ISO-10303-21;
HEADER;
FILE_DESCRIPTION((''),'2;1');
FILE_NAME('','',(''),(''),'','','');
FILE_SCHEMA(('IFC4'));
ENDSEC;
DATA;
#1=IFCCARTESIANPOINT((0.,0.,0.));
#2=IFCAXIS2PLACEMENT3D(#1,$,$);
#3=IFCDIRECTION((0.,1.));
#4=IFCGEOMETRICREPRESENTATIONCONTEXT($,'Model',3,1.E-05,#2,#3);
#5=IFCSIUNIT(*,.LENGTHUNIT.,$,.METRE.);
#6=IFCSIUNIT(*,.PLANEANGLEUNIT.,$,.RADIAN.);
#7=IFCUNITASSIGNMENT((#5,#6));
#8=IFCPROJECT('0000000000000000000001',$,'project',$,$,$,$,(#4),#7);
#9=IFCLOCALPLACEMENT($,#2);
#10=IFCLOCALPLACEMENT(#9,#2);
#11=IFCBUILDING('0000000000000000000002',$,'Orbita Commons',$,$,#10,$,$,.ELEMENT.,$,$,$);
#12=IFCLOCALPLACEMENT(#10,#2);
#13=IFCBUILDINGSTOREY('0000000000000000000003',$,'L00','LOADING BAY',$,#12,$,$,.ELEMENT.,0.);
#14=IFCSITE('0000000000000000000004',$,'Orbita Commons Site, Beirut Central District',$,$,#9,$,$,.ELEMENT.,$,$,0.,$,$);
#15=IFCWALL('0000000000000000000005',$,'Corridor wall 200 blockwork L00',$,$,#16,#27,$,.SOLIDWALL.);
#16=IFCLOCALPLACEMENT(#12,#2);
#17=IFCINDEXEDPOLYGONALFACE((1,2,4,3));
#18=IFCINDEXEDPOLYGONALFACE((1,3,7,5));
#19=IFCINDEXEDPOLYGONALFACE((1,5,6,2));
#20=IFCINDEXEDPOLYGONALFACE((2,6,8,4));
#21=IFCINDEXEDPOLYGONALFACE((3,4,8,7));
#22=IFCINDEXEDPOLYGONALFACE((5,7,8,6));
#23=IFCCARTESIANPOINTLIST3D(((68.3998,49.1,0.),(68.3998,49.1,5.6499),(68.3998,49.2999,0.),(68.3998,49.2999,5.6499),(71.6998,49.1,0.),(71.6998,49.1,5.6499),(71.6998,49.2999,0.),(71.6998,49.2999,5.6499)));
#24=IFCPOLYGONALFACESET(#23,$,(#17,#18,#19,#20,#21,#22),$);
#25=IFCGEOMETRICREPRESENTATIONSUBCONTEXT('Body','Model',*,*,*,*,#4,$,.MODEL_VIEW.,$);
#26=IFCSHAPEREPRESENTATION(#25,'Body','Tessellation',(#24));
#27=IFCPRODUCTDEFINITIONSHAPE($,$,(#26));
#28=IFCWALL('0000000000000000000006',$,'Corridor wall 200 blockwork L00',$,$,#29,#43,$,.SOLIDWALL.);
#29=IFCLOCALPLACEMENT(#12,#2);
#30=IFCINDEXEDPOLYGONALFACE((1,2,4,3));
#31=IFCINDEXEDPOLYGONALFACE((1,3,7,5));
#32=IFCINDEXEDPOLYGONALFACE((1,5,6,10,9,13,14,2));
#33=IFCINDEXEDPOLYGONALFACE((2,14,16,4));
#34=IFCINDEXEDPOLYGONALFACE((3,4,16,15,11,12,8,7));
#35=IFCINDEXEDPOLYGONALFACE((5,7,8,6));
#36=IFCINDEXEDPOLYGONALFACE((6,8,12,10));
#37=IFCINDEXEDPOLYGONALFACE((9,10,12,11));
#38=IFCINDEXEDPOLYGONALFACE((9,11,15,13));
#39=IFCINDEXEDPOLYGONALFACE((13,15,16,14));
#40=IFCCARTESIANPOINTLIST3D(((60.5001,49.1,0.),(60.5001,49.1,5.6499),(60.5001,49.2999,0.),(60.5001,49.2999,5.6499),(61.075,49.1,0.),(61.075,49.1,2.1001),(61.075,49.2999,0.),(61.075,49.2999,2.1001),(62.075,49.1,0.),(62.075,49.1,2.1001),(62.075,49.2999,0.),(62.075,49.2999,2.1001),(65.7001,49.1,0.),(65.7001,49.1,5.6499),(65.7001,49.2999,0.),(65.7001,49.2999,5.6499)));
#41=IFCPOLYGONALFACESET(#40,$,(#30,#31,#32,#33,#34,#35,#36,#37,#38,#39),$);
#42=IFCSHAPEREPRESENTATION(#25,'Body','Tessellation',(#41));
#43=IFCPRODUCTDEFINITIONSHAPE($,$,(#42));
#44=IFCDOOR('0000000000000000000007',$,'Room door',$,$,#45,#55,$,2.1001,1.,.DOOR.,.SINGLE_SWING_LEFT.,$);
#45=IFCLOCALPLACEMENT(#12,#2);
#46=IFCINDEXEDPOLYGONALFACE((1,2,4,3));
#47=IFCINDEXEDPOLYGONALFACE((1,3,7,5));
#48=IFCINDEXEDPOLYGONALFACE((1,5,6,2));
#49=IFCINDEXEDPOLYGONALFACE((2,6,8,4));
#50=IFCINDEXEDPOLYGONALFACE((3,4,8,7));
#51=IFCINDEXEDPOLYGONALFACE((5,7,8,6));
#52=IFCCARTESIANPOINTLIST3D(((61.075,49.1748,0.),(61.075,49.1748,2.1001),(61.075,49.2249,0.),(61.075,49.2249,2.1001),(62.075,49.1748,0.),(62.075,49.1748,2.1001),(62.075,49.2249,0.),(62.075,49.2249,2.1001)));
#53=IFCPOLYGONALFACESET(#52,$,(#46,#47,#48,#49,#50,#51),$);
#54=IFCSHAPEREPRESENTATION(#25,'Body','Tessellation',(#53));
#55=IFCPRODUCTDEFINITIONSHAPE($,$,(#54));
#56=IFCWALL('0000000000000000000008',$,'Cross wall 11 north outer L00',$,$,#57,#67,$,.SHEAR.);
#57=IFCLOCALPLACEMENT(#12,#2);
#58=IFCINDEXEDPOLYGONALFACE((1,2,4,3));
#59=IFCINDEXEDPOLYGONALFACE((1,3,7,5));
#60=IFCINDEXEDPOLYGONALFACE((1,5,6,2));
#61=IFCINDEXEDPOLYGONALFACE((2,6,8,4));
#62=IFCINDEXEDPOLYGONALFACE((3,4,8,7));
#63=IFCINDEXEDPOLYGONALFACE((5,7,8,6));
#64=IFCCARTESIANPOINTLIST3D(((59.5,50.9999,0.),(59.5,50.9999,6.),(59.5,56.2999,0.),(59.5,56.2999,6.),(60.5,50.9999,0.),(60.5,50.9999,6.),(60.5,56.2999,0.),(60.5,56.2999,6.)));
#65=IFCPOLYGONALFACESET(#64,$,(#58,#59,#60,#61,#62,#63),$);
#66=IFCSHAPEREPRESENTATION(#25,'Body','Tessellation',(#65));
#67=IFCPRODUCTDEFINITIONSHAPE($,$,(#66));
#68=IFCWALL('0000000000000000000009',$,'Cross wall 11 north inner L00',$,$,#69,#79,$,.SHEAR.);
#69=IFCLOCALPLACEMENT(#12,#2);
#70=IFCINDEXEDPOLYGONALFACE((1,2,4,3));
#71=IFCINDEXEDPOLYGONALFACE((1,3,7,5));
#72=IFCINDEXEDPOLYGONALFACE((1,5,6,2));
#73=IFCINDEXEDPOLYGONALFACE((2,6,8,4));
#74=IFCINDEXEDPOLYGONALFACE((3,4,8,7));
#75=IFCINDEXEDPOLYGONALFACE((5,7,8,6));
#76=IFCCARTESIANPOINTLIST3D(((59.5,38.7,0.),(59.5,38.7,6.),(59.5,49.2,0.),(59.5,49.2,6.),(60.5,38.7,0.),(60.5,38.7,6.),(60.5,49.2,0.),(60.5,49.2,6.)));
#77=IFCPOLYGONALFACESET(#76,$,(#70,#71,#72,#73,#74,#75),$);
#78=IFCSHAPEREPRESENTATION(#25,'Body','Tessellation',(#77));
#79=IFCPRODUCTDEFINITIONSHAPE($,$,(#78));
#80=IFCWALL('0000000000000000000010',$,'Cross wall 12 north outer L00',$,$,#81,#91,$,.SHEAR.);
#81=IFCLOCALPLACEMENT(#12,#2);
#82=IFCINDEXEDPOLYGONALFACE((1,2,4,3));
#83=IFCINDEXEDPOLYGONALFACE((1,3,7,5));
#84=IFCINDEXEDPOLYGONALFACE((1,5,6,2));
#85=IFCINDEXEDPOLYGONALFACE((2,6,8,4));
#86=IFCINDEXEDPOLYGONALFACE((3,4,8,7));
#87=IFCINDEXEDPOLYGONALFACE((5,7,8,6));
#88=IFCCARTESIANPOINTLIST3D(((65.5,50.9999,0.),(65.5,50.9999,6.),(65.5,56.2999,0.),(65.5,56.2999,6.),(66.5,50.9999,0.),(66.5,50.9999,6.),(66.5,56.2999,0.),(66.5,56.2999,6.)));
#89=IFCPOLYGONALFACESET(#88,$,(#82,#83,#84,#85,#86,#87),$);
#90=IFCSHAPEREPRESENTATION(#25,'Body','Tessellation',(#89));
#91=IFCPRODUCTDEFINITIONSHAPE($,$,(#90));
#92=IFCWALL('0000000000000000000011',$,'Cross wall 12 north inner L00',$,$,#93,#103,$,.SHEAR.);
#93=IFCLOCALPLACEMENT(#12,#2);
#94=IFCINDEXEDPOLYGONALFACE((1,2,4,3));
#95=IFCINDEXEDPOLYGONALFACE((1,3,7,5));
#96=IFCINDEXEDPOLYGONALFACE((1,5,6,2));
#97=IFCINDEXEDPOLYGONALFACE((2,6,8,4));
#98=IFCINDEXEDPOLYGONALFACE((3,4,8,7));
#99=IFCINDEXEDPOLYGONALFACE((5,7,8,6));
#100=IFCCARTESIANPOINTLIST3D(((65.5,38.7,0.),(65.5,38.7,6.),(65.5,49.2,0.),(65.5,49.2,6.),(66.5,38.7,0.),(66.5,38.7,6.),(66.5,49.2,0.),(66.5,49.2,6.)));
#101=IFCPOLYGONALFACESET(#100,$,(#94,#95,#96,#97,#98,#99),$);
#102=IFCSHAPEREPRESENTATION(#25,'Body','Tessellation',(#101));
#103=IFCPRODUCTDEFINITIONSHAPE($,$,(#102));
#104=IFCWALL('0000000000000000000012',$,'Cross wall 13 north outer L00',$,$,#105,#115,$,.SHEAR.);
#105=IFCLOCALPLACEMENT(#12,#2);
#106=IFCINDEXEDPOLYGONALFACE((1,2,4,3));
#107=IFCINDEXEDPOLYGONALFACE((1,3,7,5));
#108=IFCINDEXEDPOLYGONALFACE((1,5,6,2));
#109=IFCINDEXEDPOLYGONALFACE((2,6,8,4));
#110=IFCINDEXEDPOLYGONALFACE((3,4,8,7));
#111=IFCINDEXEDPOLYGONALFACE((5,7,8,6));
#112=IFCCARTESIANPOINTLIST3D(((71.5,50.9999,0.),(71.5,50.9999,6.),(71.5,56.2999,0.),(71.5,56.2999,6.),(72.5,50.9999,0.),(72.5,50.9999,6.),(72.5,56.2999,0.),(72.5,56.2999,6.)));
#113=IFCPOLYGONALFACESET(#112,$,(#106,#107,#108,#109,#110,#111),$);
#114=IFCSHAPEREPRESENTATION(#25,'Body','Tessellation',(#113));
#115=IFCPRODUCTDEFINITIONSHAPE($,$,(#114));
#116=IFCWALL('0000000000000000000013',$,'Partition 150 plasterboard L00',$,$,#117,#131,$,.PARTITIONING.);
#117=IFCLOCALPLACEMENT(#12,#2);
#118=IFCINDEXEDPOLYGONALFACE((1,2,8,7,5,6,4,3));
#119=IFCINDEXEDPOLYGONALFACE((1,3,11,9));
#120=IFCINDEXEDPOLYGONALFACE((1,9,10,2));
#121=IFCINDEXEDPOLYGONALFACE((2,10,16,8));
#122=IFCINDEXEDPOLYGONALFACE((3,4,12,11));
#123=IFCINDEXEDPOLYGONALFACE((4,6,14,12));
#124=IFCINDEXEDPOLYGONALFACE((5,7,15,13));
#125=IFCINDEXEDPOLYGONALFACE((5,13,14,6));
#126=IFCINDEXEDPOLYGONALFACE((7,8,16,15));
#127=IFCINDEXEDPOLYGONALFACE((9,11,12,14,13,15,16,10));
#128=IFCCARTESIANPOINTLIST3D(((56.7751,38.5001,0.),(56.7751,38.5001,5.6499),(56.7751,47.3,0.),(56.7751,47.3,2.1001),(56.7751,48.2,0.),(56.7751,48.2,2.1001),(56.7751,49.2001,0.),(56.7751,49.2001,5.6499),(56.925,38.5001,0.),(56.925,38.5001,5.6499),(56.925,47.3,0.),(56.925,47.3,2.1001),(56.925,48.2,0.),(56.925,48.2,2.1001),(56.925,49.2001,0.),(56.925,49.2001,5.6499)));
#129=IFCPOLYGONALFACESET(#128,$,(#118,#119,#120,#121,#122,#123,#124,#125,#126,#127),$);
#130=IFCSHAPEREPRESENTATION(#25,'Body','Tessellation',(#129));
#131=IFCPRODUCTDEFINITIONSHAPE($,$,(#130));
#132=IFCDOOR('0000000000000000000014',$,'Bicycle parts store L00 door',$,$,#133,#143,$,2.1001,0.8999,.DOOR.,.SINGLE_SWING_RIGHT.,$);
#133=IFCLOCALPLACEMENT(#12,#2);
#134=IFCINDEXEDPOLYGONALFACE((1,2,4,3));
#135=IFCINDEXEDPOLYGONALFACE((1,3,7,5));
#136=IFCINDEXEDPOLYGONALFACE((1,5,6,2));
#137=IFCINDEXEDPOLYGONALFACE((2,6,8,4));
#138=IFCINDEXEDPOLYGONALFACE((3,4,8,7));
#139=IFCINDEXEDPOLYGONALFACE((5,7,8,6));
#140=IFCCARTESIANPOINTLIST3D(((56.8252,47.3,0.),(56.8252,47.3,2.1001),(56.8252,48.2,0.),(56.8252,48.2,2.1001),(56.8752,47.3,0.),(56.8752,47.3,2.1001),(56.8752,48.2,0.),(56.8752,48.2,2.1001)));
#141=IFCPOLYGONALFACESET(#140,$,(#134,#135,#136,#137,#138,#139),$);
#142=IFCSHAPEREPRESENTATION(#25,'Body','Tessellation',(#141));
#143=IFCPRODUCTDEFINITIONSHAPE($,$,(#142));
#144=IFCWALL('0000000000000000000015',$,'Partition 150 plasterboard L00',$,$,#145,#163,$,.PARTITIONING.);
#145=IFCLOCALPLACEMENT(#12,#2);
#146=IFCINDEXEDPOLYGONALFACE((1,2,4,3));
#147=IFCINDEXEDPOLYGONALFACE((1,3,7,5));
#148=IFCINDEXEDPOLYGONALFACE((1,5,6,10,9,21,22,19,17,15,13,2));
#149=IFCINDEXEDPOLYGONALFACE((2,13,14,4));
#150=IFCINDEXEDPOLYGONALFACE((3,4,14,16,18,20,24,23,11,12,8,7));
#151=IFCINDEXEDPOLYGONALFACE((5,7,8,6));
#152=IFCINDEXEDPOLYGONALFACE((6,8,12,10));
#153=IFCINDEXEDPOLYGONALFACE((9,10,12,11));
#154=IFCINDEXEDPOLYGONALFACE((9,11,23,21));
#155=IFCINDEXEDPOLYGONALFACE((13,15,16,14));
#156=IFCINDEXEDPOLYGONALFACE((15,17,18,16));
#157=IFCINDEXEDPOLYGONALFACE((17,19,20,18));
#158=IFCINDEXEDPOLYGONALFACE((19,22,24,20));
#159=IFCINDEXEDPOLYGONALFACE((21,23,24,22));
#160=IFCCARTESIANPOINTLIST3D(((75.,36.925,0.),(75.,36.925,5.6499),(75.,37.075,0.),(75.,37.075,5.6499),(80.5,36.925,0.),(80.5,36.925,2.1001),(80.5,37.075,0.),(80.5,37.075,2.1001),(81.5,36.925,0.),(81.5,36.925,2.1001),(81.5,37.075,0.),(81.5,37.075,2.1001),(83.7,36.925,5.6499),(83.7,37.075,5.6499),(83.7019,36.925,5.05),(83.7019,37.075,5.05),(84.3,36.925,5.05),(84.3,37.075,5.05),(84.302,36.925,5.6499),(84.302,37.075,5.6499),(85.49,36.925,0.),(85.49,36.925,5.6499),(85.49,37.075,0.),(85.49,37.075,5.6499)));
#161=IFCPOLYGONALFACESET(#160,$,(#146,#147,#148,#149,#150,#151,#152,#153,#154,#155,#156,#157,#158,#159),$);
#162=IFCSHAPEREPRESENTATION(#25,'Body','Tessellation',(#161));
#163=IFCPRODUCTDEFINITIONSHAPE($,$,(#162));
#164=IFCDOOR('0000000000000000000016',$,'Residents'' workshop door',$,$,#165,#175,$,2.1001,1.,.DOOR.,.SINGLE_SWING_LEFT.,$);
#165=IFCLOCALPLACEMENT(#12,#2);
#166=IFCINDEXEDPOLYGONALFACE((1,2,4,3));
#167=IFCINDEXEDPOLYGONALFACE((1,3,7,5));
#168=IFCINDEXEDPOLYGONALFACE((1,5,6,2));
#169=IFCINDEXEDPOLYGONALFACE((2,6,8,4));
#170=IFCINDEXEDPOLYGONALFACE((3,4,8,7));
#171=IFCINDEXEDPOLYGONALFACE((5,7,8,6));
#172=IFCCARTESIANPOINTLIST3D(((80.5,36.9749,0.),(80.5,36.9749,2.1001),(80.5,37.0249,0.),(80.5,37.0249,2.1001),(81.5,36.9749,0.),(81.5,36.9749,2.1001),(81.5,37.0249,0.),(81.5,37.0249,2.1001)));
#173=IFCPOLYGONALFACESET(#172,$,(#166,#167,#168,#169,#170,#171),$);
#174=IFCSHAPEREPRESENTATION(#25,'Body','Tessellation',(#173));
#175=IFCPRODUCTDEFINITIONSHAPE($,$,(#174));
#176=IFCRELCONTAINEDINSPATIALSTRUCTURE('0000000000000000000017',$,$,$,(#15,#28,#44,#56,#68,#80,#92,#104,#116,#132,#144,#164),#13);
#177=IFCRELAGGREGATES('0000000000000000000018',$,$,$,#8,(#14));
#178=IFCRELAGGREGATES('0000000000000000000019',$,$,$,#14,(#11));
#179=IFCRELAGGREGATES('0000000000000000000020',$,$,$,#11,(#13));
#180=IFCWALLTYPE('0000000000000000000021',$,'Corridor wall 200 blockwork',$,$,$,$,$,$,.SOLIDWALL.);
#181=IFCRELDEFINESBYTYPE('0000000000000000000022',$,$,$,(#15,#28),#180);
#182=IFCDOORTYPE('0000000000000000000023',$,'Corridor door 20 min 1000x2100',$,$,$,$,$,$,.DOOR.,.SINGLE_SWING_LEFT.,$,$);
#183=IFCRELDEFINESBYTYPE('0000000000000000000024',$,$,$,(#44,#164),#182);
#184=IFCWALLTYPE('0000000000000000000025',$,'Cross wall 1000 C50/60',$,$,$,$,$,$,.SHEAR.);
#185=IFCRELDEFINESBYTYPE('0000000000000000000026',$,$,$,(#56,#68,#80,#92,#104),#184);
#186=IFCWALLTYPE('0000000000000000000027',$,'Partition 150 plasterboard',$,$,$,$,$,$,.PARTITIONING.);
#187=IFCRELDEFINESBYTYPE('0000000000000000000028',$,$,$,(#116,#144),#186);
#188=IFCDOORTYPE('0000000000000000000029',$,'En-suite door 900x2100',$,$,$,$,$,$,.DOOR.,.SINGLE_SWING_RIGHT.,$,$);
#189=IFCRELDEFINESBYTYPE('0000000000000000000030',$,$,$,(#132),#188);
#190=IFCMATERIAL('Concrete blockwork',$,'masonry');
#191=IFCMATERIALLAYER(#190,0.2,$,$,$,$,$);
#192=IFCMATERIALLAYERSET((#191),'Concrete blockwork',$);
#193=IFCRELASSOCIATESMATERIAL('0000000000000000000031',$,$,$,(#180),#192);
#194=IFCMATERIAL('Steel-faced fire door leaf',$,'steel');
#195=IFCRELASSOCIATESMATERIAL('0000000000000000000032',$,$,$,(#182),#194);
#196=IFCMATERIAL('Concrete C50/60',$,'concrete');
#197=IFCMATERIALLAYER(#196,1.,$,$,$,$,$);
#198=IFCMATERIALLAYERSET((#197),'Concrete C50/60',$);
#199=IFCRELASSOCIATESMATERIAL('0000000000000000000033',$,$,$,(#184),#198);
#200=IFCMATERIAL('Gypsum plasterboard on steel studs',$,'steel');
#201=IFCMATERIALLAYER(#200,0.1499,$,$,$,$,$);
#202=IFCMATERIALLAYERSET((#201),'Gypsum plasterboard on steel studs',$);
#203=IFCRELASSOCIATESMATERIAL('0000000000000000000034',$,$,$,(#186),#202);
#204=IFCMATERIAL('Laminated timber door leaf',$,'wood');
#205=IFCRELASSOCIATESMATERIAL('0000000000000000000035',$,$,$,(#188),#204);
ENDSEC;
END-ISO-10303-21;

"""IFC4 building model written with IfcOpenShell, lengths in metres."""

from ifc_helpers import new_model, si_unit, direction, frame, frame_2d, origin, place, context, subcontext, project, spatial, polyline, rectangle, outline, extrude, material, layer, layer_set, type_object, element, fill, save


model = new_model("IFC4")

# Units and contexts
model_context = context("Model", 3, precision=1e-05, world=origin(), true_north=direction((0.0, 1.0)))
body_context = subcontext(model_context, "Body", "Model", "MODEL_VIEW")
ifc_project = project(units=[si_unit("LENGTHUNIT", "METRE"), si_unit("PLANEANGLEUNIT", "RADIAN")], contexts=[model_context])

# Site, building, storey
site_placement = place(None, origin())
site = spatial("IfcSite", under=ifc_project, at=site_placement, Name="Orbita Commons Site, Beirut Central District", CompositionType="ELEMENT", RefElevation=0.0)
building_placement = place(site_placement, origin())
building = spatial("IfcBuilding", under=site, at=building_placement, Name="Orbita Commons", CompositionType="ELEMENT")
storey_placement = place(building_placement, origin())
storey = spatial("IfcBuildingStorey", under=building, at=storey_placement, Name="L00", Description="LOADING BAY", CompositionType="ELEMENT", Elevation=0.0)

# Wall
ifc_material_1 = material(Name="Concrete blockwork", Category="masonry")
ifc_layer_1 = layer(ifc_material_1, 0.2)
ifc_layer_set_1 = layer_set([ifc_layer_1], Name="Concrete blockwork")
wall_type_1 = type_object("IfcWallType", Name="Corridor wall 200 blockwork", PredefinedType="SOLIDWALL", material=ifc_layer_set_1)
wall_1_placement = place(storey_placement, frame((68.3999, 49.2, 0.0), z_axis=(0.0, 0.0, 1.0), x_axis=(1.0, 0.0, 0.0)))
element("IfcWall", 1, at=wall_1_placement, inside=storey, type_object=wall_type_1, Name="Corridor wall 200 blockwork L00", PredefinedType="SOLIDWALL", context=body_context, shape_type="SweptSolid", body=[
    extrude(rectangle(XDim=3.3, YDim=0.2, at=frame_2d((1.6499, 0.0))), origin(), (0.0, 0.0, 1.0), 5.6499),
])

# Wall, opening, door
wall_2_placement = place(storey_placement, frame((60.5, 49.2, 0.0), z_axis=(0.0, 0.0, 1.0), x_axis=(1.0, 0.0, 0.0)))
wall_2 = element("IfcWall", 2, at=wall_2_placement, inside=storey, type_object=wall_type_1, Name="Corridor wall 200 blockwork L00", PredefinedType="SOLIDWALL", context=body_context, shape_type="SweptSolid", body=[
    extrude(rectangle(XDim=5.2, YDim=0.2, at=frame_2d((2.6001, 0.0))), origin(), (0.0, 0.0, 1.0), 5.6499),
])
opening_1_placement = place(wall_2_placement, frame((0.575, 0.0, 0.0)))
opening_1 = element("IfcOpeningElement", 3, at=opening_1_placement, cuts=wall_2, PredefinedType="OPENING", context=body_context, shape_type="SweptSolid", body=[
    extrude(rectangle(XDim=1.0, YDim=2.1001, at=frame_2d((0.5, 1.05))), frame((0.0, 0.1099, 0.0), z_axis=(0.0, -1.0, 0.0), x_axis=(1.0, 0.0, 0.0)), (0.0, 0.0, 1.0), 0.22),
])
ifc_material_2 = material(Name="Steel-faced fire door leaf", Category="steel")
door_type_1 = type_object("IfcDoorType", Name="Corridor door 20 min 1000x2100", OperationType="SINGLE_SWING_LEFT", PredefinedType="DOOR", material=ifc_material_2)
door_1_placement = place(opening_1_placement, origin())
door_1 = element("IfcDoor", 4, at=door_1_placement, inside=storey, type_object=door_type_1, Name="Room door", OperationType="SINGLE_SWING_LEFT", OverallHeight=2.1001, OverallWidth=1.0, PredefinedType="DOOR", context=body_context, shape_type="SweptSolid", body=[
    extrude(rectangle(XDim=1.0, YDim=2.1001, at=frame_2d((0.5, 1.05))), frame((0.0, 0.0249, 0.0), z_axis=(0.0, -1.0, 0.0), x_axis=(1.0, 0.0, 0.0)), (0.0, 0.0, 1.0), 0.05),
])
fill(opening_1, door_1)

# Walls
ifc_material_3 = material(Name="Concrete C50/60", Category="concrete")
ifc_layer_2 = layer(ifc_material_3, 1.0)
ifc_layer_set_2 = layer_set([ifc_layer_2], Name="Concrete C50/60")
wall_type_2 = type_object("IfcWallType", Name="Cross wall 1000 C50/60", PredefinedType="SHEAR", material=ifc_layer_set_2)
wall_3_placement = place(storey_placement, frame((60.0, 51.0, 0.0), z_axis=(0.0, 0.0, 1.0), x_axis=(0.0, 1.0, 0.0)))
element("IfcWall", 5, at=wall_3_placement, inside=storey, type_object=wall_type_2, Name="Cross wall 11 north outer L00", PredefinedType="SHEAR", context=body_context, shape_type="SweptSolid", body=[
    extrude(rectangle(XDim=5.3, YDim=1.0, at=frame_2d((2.6499, 0.0))), origin(), (0.0, 0.0, 1.0), 6.0),
])
wall_4_placement = place(storey_placement, frame((60.0, 38.7, 0.0), z_axis=(0.0, 0.0, 1.0), x_axis=(0.0, 1.0, 0.0)))
element("IfcWall", 6, at=wall_4_placement, inside=storey, type_object=wall_type_2, Name="Cross wall 11 north inner L00", PredefinedType="SHEAR", context=body_context, shape_type="SweptSolid", body=[
    extrude(rectangle(XDim=10.5, YDim=1.0, at=frame_2d((5.25, 0.0))), origin(), (0.0, 0.0, 1.0), 6.0),
])
wall_5_placement = place(storey_placement, frame((66.0, 51.0, 0.0), z_axis=(0.0, 0.0, 1.0), x_axis=(0.0, 1.0, 0.0)))
element("IfcWall", 7, at=wall_5_placement, inside=storey, type_object=wall_type_2, Name="Cross wall 12 north outer L00", PredefinedType="SHEAR", context=body_context, shape_type="SweptSolid", body=[
    extrude(rectangle(XDim=5.3, YDim=1.0, at=frame_2d((2.6499, 0.0))), origin(), (0.0, 0.0, 1.0), 6.0),
])
wall_6_placement = place(storey_placement, frame((66.0, 38.7, 0.0), z_axis=(0.0, 0.0, 1.0), x_axis=(0.0, 1.0, 0.0)))
element("IfcWall", 8, at=wall_6_placement, inside=storey, type_object=wall_type_2, Name="Cross wall 12 north inner L00", PredefinedType="SHEAR", context=body_context, shape_type="SweptSolid", body=[
    extrude(rectangle(XDim=10.5, YDim=1.0, at=frame_2d((5.25, 0.0))), origin(), (0.0, 0.0, 1.0), 6.0),
])
wall_7_placement = place(storey_placement, frame((72.0, 51.0, 0.0), z_axis=(0.0, 0.0, 1.0), x_axis=(0.0, 1.0, 0.0)))
element("IfcWall", 9, at=wall_7_placement, inside=storey, type_object=wall_type_2, Name="Cross wall 13 north outer L00", PredefinedType="SHEAR", context=body_context, shape_type="SweptSolid", body=[
    extrude(rectangle(XDim=5.3, YDim=1.0, at=frame_2d((2.6499, 0.0))), origin(), (0.0, 0.0, 1.0), 6.0),
])

# Walls, openings, doors
ifc_material_4 = material(Name="Gypsum plasterboard on steel studs", Category="steel")
ifc_layer_3 = layer(ifc_material_4, 0.1499)
ifc_layer_set_3 = layer_set([ifc_layer_3], Name="Gypsum plasterboard on steel studs")
wall_type_3 = type_object("IfcWallType", Name="Partition 150 plasterboard", PredefinedType="PARTITIONING", material=ifc_layer_set_3)
wall_8_placement = place(storey_placement, frame((56.8501, 38.5, 0.0), z_axis=(0.0, 0.0, 1.0), x_axis=(0.0, 1.0, 0.0)))
wall_8 = element("IfcWall", 10, at=wall_8_placement, inside=storey, type_object=wall_type_3, Name="Partition 150 plasterboard L00", PredefinedType="PARTITIONING", context=body_context, shape_type="SweptSolid", body=[
    extrude(rectangle(XDim=10.7, YDim=0.1499, at=frame_2d((5.3501, 0.0))), origin(), (0.0, 0.0, 1.0), 5.6499),
])
opening_2_placement = place(wall_8_placement, frame((8.8, 0.0, 0.0)))
opening_2 = element("IfcOpeningElement", 11, at=opening_2_placement, cuts=wall_8, PredefinedType="OPENING", context=body_context, shape_type="SweptSolid", body=[
    extrude(rectangle(XDim=0.8999, YDim=2.1001, at=frame_2d((0.45, 1.05))), frame((0.0, 0.085, 0.0), z_axis=(0.0, -1.0, 0.0), x_axis=(1.0, 0.0, 0.0)), (0.0, 0.0, 1.0), 0.1699),
])
ifc_material_5 = material(Name="Laminated timber door leaf", Category="wood")
door_type_2 = type_object("IfcDoorType", Name="En-suite door 900x2100", OperationType="SINGLE_SWING_RIGHT", PredefinedType="DOOR", material=ifc_material_5)
door_2_placement = place(opening_2_placement, origin())
door_2 = element("IfcDoor", 12, at=door_2_placement, inside=storey, type_object=door_type_2, Name="Bicycle parts store L00 door", OperationType="SINGLE_SWING_RIGHT", OverallHeight=2.1001, OverallWidth=0.8999, PredefinedType="DOOR", context=body_context, shape_type="SweptSolid", body=[
    extrude(rectangle(XDim=0.8999, YDim=2.1001, at=frame_2d((0.45, 1.05))), frame((0.0, 0.0249, 0.0), z_axis=(0.0, -1.0, 0.0), x_axis=(1.0, 0.0, 0.0)), (0.0, 0.0, 1.0), 0.05),
])
fill(opening_2, door_2)
wall_9_placement = place(storey_placement, frame((75.0, 37.0, 0.0), z_axis=(0.0, 0.0, 1.0), x_axis=(1.0, 0.0, 0.0)))
wall_9 = element("IfcWall", 13, at=wall_9_placement, inside=storey, type_object=wall_type_3, Name="Partition 150 plasterboard L00", PredefinedType="PARTITIONING", context=body_context, shape_type="SweptSolid", body=[
    extrude(outline(polyline([(0.0, 0.0), (10.49, 0.0), (10.49, 5.6499), (9.302, 5.6499), (9.3, 5.05), (8.7019, 5.05), (8.7, 5.6499), (0.0, 5.6499), (0.0, 0.0)])), frame((0.0, 0.075, 0.0), z_axis=(0.0, -1.0, 0.0), x_axis=(1.0, 0.0, 0.0)), (0.0, 0.0, 1.0), 0.1499),
])
opening_3_placement = place(wall_9_placement, frame((5.5, 0.0, 0.0)))
opening_3 = element("IfcOpeningElement", 14, at=opening_3_placement, cuts=wall_9, PredefinedType="OPENING", context=body_context, shape_type="SweptSolid", body=[
    extrude(rectangle(XDim=1.0, YDim=2.1001, at=frame_2d((0.5, 1.05))), frame((0.0, 0.085, 0.0), z_axis=(0.0, -1.0, 0.0), x_axis=(1.0, 0.0, 0.0)), (0.0, 0.0, 1.0), 0.1699),
])
door_3_placement = place(opening_3_placement, origin())
door_3 = element("IfcDoor", 15, at=door_3_placement, inside=storey, type_object=door_type_1, Name="Residents' workshop door", OperationType="SINGLE_SWING_LEFT", OverallHeight=2.1001, OverallWidth=1.0, PredefinedType="DOOR", context=body_context, shape_type="SweptSolid", body=[
    extrude(rectangle(XDim=1.0, YDim=2.1001, at=frame_2d((0.5, 1.05))), frame((0.0, 0.0249, 0.0), z_axis=(0.0, -1.0, 0.0), x_axis=(1.0, 0.0, 0.0)), (0.0, 0.0, 1.0), 0.05),
])
fill(opening_3, door_3)

save(model, "model.ifc")
